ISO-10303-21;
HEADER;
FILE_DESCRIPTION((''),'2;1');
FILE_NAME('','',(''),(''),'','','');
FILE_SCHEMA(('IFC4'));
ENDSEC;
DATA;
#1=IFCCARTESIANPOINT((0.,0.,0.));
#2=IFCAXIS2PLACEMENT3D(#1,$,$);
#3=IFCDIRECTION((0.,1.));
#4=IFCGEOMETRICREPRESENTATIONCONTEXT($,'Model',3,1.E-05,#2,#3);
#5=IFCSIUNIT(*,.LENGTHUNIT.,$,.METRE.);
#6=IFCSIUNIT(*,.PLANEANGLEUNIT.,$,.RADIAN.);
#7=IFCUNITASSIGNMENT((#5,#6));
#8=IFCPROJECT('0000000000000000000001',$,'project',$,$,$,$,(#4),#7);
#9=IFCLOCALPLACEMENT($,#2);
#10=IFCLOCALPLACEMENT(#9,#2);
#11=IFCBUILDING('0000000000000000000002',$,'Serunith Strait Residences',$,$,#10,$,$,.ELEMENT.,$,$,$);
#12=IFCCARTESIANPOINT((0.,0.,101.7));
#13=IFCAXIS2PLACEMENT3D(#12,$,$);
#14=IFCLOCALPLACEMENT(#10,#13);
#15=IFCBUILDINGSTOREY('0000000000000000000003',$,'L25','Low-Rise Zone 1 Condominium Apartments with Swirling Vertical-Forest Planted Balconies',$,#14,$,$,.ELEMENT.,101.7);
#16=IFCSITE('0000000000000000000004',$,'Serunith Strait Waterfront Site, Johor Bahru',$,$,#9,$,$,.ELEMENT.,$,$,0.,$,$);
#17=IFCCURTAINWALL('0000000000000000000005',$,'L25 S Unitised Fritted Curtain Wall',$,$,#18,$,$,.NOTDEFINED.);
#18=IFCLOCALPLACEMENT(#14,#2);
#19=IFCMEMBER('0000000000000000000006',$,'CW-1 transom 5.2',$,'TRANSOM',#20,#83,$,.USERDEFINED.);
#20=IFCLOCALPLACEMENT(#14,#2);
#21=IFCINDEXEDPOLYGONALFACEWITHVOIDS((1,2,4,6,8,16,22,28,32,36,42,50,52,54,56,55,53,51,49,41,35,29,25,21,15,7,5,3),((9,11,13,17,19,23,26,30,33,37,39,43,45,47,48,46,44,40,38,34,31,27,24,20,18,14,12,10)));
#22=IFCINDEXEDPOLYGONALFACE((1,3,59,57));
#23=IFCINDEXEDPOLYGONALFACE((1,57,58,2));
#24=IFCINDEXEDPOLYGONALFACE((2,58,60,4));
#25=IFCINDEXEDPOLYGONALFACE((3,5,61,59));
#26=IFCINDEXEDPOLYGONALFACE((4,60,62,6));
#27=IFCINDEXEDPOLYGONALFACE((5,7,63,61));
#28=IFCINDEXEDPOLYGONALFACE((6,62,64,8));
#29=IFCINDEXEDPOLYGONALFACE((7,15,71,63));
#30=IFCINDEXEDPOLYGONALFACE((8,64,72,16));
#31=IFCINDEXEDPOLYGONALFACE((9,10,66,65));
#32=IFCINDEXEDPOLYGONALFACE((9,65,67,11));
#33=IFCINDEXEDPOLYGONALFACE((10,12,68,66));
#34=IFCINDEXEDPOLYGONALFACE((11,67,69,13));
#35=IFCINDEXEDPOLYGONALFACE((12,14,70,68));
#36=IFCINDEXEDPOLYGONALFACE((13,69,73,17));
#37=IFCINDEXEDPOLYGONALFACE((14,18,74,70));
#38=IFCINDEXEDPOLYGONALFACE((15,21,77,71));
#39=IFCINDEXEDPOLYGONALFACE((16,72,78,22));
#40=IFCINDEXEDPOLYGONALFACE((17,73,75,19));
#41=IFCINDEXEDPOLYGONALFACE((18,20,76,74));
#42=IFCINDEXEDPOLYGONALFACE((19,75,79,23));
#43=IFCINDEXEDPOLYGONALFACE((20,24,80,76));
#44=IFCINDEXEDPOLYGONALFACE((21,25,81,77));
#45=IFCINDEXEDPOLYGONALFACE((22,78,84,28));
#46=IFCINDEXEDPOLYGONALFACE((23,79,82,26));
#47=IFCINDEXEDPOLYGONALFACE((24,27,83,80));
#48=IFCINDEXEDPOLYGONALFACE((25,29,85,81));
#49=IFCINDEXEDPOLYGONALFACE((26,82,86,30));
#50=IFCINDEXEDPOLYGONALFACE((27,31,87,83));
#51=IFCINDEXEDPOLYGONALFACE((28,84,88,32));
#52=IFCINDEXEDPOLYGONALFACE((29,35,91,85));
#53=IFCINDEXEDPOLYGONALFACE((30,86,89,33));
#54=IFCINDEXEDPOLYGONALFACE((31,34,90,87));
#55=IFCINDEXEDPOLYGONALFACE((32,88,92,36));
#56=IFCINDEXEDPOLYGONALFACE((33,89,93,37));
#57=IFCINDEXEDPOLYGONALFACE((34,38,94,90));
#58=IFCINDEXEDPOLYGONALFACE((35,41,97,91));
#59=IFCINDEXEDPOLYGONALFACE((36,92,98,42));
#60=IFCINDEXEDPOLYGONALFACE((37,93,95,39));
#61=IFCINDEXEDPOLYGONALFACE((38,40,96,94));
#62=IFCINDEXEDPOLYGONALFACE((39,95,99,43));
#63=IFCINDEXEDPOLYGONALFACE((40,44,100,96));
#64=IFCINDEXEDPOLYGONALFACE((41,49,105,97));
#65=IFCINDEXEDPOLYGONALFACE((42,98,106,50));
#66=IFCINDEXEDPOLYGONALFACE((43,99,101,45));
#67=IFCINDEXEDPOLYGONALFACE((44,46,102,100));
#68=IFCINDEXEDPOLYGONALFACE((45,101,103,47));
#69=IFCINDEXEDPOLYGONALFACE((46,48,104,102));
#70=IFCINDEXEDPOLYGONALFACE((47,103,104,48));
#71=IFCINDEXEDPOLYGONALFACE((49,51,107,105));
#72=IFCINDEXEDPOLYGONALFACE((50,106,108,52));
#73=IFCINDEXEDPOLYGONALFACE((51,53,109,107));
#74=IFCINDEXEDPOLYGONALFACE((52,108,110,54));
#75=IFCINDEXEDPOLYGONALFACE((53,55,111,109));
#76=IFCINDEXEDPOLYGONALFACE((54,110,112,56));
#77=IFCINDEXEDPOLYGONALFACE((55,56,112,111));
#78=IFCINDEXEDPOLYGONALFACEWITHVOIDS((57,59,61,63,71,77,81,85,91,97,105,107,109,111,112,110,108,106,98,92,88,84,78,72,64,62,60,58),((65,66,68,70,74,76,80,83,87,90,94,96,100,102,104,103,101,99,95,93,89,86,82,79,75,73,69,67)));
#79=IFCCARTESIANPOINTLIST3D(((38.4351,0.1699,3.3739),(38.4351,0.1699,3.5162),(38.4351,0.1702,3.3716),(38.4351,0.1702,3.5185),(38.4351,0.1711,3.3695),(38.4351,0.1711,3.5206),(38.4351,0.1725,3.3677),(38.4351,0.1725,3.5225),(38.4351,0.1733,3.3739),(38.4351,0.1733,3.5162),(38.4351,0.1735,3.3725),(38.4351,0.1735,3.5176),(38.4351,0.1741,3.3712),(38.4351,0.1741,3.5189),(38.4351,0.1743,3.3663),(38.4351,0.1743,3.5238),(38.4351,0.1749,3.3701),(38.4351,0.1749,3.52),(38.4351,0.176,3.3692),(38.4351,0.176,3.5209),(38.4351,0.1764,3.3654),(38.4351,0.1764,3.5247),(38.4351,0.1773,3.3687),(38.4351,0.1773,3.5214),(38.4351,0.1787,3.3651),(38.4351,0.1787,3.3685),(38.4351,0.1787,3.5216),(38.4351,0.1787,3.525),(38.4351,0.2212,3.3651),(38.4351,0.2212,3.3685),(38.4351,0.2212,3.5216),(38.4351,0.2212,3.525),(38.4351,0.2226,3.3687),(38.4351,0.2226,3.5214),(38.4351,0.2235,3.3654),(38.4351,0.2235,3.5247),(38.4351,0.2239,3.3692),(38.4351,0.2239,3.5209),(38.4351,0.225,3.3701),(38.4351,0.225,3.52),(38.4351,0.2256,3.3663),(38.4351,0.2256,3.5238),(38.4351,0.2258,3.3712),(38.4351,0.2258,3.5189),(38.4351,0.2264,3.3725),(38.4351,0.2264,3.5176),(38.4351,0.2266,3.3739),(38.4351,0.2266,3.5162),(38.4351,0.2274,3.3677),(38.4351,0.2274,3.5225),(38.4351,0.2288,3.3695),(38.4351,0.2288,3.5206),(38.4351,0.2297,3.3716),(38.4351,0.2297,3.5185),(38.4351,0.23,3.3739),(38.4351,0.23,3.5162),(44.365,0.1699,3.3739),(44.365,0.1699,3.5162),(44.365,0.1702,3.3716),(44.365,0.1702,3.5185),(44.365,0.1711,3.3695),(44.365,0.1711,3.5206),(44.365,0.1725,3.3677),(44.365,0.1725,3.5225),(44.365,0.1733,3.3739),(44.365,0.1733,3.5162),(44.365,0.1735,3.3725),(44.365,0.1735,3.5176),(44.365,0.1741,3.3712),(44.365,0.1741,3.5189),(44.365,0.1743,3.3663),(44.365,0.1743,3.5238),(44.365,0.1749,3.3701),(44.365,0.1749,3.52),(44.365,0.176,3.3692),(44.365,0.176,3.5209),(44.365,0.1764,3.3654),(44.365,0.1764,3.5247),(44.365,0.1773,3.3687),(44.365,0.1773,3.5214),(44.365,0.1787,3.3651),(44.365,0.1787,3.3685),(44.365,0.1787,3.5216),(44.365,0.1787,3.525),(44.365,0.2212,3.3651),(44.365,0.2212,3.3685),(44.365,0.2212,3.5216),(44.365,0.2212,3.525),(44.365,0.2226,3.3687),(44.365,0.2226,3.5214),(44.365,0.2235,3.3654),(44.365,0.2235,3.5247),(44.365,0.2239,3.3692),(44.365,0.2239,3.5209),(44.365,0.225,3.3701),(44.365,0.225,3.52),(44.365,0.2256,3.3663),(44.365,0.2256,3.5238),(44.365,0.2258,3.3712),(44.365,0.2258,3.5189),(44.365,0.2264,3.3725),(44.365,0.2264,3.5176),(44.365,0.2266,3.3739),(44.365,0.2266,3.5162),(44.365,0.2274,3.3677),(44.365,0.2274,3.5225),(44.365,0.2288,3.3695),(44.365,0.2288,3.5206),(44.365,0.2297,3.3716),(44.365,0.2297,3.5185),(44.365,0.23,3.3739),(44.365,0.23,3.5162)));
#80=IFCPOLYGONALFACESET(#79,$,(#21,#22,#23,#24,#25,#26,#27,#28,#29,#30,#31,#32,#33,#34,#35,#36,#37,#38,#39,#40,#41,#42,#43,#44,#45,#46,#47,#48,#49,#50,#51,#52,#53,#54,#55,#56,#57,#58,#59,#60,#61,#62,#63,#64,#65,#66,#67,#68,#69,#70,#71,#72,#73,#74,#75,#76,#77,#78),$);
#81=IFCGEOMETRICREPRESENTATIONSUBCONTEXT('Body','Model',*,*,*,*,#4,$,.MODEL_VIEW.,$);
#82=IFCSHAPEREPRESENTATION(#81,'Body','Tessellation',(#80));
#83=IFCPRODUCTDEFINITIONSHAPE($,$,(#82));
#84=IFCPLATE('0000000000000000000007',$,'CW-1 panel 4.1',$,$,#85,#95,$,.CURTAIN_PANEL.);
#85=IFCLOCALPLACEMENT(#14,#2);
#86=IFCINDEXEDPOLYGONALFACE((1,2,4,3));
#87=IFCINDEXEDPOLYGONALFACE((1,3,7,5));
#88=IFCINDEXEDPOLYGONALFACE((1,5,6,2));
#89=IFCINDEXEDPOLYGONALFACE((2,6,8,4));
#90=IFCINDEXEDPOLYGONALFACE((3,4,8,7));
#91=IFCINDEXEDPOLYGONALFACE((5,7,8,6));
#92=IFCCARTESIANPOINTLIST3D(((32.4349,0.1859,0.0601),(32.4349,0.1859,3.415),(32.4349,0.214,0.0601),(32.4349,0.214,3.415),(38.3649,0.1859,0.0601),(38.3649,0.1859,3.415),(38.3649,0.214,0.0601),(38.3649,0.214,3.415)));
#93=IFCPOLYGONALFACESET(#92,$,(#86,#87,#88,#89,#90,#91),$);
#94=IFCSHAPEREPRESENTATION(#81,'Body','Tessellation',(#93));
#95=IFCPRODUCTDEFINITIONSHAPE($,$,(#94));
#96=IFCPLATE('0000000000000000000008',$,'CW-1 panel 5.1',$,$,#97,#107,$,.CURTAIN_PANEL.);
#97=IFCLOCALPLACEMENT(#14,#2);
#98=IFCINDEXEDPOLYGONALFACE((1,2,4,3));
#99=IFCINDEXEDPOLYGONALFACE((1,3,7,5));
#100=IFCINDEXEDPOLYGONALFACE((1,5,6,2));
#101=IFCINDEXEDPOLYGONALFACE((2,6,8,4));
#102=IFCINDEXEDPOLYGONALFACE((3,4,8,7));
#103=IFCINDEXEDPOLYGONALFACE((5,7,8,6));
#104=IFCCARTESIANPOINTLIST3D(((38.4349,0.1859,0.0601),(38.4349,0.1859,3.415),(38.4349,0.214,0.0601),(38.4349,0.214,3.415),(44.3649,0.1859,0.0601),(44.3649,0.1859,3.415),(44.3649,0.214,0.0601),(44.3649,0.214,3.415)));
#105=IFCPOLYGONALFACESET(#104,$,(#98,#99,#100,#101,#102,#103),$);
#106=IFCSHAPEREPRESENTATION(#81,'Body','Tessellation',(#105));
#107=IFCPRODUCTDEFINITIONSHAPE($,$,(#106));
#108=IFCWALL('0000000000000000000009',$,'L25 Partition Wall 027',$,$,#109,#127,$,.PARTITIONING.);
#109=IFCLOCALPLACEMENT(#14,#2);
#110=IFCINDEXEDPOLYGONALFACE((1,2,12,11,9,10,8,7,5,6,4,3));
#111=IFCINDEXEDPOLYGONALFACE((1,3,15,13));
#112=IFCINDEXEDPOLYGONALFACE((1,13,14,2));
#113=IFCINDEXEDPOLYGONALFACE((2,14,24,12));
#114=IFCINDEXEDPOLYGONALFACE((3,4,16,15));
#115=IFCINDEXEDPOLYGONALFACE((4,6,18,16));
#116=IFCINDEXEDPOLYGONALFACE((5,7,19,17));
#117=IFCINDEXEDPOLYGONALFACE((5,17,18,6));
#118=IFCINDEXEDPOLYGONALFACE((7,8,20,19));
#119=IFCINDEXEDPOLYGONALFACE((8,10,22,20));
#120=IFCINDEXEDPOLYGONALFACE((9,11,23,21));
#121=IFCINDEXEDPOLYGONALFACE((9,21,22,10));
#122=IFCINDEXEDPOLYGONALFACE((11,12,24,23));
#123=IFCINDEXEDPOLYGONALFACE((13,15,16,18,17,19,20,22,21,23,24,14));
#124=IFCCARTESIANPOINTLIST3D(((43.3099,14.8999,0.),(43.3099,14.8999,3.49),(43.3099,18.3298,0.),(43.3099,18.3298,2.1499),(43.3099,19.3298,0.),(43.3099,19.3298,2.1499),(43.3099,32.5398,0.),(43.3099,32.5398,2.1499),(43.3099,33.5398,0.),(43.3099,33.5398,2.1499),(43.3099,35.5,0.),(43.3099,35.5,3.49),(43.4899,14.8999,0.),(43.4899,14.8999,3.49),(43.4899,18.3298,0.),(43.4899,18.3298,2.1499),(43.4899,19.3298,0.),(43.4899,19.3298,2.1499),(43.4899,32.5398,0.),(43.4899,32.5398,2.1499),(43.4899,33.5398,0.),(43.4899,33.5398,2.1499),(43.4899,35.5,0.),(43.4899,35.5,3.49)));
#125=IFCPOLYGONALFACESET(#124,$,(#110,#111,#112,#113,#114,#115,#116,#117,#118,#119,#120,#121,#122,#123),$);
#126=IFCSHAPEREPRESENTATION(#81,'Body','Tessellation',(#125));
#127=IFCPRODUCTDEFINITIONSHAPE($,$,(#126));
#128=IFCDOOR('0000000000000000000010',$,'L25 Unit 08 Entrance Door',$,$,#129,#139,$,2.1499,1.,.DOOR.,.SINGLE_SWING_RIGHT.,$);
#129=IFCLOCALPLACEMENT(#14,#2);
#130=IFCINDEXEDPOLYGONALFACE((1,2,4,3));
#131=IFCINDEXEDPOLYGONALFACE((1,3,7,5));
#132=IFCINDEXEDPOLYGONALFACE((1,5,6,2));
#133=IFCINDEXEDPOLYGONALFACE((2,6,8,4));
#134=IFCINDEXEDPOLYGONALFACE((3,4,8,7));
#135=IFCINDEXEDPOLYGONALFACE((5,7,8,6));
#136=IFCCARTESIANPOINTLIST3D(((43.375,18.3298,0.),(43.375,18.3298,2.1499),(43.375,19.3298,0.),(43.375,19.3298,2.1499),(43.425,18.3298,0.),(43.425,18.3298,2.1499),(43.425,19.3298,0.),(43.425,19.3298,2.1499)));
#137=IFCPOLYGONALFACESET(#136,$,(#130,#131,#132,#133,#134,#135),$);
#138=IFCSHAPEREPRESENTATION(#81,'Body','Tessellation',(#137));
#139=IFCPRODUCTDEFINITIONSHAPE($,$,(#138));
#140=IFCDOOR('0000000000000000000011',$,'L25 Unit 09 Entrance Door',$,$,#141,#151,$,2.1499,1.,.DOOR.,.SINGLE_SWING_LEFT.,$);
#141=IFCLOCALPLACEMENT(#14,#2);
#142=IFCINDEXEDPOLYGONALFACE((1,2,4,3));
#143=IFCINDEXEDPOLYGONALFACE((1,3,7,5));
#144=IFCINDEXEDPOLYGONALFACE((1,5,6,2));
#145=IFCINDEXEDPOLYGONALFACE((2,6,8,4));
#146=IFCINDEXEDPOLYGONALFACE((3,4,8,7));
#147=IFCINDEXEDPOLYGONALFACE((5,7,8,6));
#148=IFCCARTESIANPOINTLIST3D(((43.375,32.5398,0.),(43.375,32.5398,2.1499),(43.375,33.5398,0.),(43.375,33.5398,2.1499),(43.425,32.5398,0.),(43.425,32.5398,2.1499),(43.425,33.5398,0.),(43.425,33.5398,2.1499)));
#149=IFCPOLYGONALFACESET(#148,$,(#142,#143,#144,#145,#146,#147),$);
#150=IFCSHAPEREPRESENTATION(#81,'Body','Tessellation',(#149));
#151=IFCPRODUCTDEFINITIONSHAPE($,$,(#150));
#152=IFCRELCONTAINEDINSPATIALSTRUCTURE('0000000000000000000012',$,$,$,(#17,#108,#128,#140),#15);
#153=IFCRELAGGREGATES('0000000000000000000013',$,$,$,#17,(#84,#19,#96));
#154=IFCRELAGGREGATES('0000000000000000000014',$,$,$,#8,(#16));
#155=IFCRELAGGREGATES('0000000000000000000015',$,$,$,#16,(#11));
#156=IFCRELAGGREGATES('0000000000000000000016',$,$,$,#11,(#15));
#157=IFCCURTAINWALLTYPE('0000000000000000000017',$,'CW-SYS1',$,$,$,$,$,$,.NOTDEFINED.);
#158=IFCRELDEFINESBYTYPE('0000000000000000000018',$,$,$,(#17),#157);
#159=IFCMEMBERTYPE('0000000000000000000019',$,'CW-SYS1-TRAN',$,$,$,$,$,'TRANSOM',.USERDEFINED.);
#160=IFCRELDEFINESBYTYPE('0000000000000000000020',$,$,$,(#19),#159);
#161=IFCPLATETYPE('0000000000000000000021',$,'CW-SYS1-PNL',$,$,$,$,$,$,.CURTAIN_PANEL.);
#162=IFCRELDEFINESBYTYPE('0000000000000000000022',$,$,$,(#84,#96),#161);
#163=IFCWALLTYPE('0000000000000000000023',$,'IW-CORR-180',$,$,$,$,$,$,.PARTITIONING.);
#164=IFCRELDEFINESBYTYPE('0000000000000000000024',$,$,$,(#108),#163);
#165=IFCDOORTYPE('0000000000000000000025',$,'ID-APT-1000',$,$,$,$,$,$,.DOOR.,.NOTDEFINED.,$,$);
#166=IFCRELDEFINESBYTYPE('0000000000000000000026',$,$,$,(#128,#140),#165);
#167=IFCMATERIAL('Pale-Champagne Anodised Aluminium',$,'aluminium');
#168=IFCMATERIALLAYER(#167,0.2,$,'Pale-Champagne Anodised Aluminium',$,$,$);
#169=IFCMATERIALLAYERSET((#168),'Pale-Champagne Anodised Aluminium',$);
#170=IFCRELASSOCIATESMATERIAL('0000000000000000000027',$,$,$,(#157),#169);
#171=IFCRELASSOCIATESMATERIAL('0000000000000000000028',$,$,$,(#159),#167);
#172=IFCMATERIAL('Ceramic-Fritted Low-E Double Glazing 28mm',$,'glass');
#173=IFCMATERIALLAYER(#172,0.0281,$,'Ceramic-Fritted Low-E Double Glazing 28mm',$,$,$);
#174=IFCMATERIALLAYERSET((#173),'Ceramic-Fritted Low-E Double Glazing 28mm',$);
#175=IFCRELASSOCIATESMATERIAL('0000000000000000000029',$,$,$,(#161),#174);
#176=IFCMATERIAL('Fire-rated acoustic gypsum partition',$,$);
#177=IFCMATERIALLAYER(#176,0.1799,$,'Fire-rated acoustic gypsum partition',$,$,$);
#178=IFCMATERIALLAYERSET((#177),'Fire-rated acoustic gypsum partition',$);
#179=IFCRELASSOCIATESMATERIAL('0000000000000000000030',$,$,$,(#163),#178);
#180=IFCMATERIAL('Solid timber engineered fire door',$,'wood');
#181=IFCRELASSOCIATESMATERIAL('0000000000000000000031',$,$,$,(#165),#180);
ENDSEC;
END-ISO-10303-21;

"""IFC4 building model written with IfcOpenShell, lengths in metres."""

from ifc_helpers import new_model, si_unit, direction, frame, frame_2d, origin, origin_2d, place, context, subcontext, project, spatial, rectangle, hollow_rectangle, extrude, source, transform, mapped, material, layer, layer_set, material_profile, profile_set, type_object, element, fill, aggregate, save


model = new_model("IFC4")

# Units and contexts
model_context = context("Model", 3, precision=1e-05, world=origin(), true_north=direction((0.0, 1.0)))
body_context = subcontext(model_context, "Body", "Model", "MODEL_VIEW")
ifc_project = project(units=[si_unit("LENGTHUNIT", "METRE"), si_unit("PLANEANGLEUNIT", "RADIAN")], contexts=[model_context])

# Site, building, storey
site_placement = place(None, origin())
site = spatial("IfcSite", under=ifc_project, at=site_placement, Name="Serunith Strait Waterfront Site, Johor Bahru", CompositionType="ELEMENT", RefElevation=0.0)
building_placement = place(site_placement, origin())
building = spatial("IfcBuilding", under=site, at=building_placement, Name="Serunith Strait Residences", CompositionType="ELEMENT")
storey_placement = place(building_placement, frame((0.0, 0.0, 101.7)))
storey = spatial("IfcBuildingStorey", under=building, at=storey_placement, Name="L25", Description="Low-Rise Zone 1 Condominium Apartments with Swirling Vertical-Forest Planted Balconies", CompositionType="ELEMENT", Elevation=101.7)

# Curtain wall, member, plates
ifc_material_1 = material(Name="Pale-Champagne Anodised Aluminium", Category="aluminium")
ifc_layer_1 = layer(ifc_material_1, 0.2, Name="Pale-Champagne Anodised Aluminium")
ifc_layer_set_1 = layer_set([ifc_layer_1], Name="Pale-Champagne Anodised Aluminium")
curtain_wall_type = type_object("IfcCurtainWallType", Name="CW-SYS1", PredefinedType="NOTDEFINED", material=ifc_layer_set_1)
curtain_wall_placement = place(storey_placement, origin())
curtain_wall = element("IfcCurtainWall", 1, at=curtain_wall_placement, inside=storey, type_object=curtain_wall_type, Name="L25 S Unitised Fritted Curtain Wall", PredefinedType="NOTDEFINED")
ifc_material_profile_1 = material_profile(ifc_material_1, hollow_rectangle(XDim=0.0601, YDim=0.1599, WallThickness=0.0034, InnerFilletRadius=0.0054, OuterFilletRadius=0.0088, at=origin_2d()), Name="ALU 160x60x3.5")
ifc_profile_set_1 = profile_set([ifc_material_profile_1], Name="Pale-Champagne Anodised Aluminium")
member_type_1 = type_object("IfcMemberType", Name="CW-SYS1-TRAN", ElementType="TRANSOM", PredefinedType="USERDEFINED", material=ifc_profile_set_1)
shared_shape_1 = source(origin(), body_context, "Body", "SweptSolid", [
    extrude(hollow_rectangle(XDim=0.0601, YDim=0.1599, WallThickness=0.0034, InnerFilletRadius=0.0054, OuterFilletRadius=0.0088, at=origin_2d()), origin(), (0.0, 0.0, 1.0), 5.9299),
])
member_1_placement = place(storey_placement, frame((38.4351, 0.2, 3.4451), z_axis=(1.0, 0.0, 0.0), x_axis=(0.0, 1.0, 0.0)))
member_1 = element("IfcMember", 2, at=member_1_placement, type_object=member_type_1, Name="CW-1 transom 5.2", ObjectType="TRANSOM", PredefinedType="USERDEFINED", context=body_context, shape_type="MappedRepresentation", body=[
    mapped(shared_shape_1, transform((0.0, 0.0, 0.0), scale=1.0)),
])
ifc_material_2 = material(Name="Ceramic-Fritted Low-E Double Glazing 28mm", Category="glass")
ifc_layer_2 = layer(ifc_material_2, 0.0281, Name="Ceramic-Fritted Low-E Double Glazing 28mm")
ifc_layer_set_2 = layer_set([ifc_layer_2], Name="Ceramic-Fritted Low-E Double Glazing 28mm")
plate_type = type_object("IfcPlateType", Name="CW-SYS1-PNL", PredefinedType="CURTAIN_PANEL", material=ifc_layer_set_2)
shared_shape_2 = source(origin(), body_context, "Body", "SweptSolid", [
    extrude(rectangle(XDim=5.9299, YDim=0.0281, at=origin_2d()), origin(), (0.0, 0.0, 1.0), 3.355),
])
plate_1_placement = place(storey_placement, frame((35.3999, 0.2, 0.0601), z_axis=(0.0, 0.0, 1.0), x_axis=(1.0, 0.0, 0.0)))
plate_1 = element("IfcPlate", 3, at=plate_1_placement, type_object=plate_type, Name="CW-1 panel 4.1", PredefinedType="CURTAIN_PANEL", context=body_context, shape_type="MappedRepresentation", body=[
    mapped(shared_shape_2, transform((0.0, 0.0, 0.0), scale=1.0)),
])
plate_2_placement = place(storey_placement, frame((41.3999, 0.2, 0.0601), z_axis=(0.0, 0.0, 1.0), x_axis=(1.0, 0.0, 0.0)))
plate_2 = element("IfcPlate", 4, at=plate_2_placement, type_object=plate_type, Name="CW-1 panel 5.1", PredefinedType="CURTAIN_PANEL", context=body_context, shape_type="MappedRepresentation", body=[
    mapped(shared_shape_2, transform((0.0, 0.0, 0.0), scale=1.0)),
])
aggregate(curtain_wall, [plate_1, member_1, plate_2])

# Wall, openings, doors
ifc_material_3 = material(Name="Fire-rated acoustic gypsum partition")
ifc_layer_3 = layer(ifc_material_3, 0.1799, Name="Fire-rated acoustic gypsum partition")
ifc_layer_set_3 = layer_set([ifc_layer_3], Name="Fire-rated acoustic gypsum partition")
wall_type_1 = type_object("IfcWallType", Name="IW-CORR-180", PredefinedType="PARTITIONING", material=ifc_layer_set_3)
wall_1_placement = place(storey_placement, frame((43.3999, 14.8999, 0.0), z_axis=(0.0, 0.0, 1.0), x_axis=(0.0, 1.0, 0.0)))
wall_1 = element("IfcWall", 5, at=wall_1_placement, inside=storey, type_object=wall_type_1, Name="L25 Partition Wall 027", PredefinedType="PARTITIONING", context=body_context, shape_type="SweptSolid", body=[
    extrude(rectangle(XDim=20.6001, YDim=0.1799, at=frame_2d((10.3, 0.0))), origin(), (0.0, 0.0, 1.0), 3.49),
])
opening_1_placement = place(wall_1_placement, frame((3.4299, 0.0, 0.0)))
opening_1 = element("IfcOpeningElement", 6, at=opening_1_placement, cuts=wall_1, PredefinedType="OPENING", context=body_context, shape_type="SweptSolid", body=[
    extrude(rectangle(XDim=1.0, YDim=2.1499, at=frame_2d((0.5, 1.075))), frame((0.0, 0.1001, 0.0), z_axis=(0.0, -1.0, 0.0), x_axis=(1.0, 0.0, 0.0)), (0.0, 0.0, 1.0), 0.2),
])
opening_2_placement = place(wall_1_placement, frame((17.6399, 0.0, 0.0)))
opening_2 = element("IfcOpeningElement", 7, at=opening_2_placement, cuts=wall_1, PredefinedType="OPENING", context=body_context, shape_type="SweptSolid", body=[
    extrude(rectangle(XDim=1.0, YDim=2.1499, at=frame_2d((0.5, 1.075))), frame((0.0, 0.1001, 0.0), z_axis=(0.0, -1.0, 0.0), x_axis=(1.0, 0.0, 0.0)), (0.0, 0.0, 1.0), 0.2),
])
ifc_material_4 = material(Name="Solid timber engineered fire door", Category="wood")
door_type_1 = type_object("IfcDoorType", Name="ID-APT-1000", OperationType="NOTDEFINED", PredefinedType="DOOR", material=ifc_material_4)
shared_shape_3 = source(origin(), body_context, "Body", "SweptSolid", [
    extrude(rectangle(XDim=1.0, YDim=2.1499, at=frame_2d((0.5, 1.075))), frame((0.0, 0.0249, 0.0), z_axis=(0.0, -1.0, 0.0), x_axis=(1.0, 0.0, 0.0)), (0.0, 0.0, 1.0), 0.05),
])
door_1_placement = place(opening_1_placement, origin())
door_1 = element("IfcDoor", 8, at=door_1_placement, inside=storey, type_object=door_type_1, Name="L25 Unit 08 Entrance Door", OperationType="SINGLE_SWING_RIGHT", OverallHeight=2.1499, OverallWidth=1.0, PredefinedType="DOOR", context=body_context, shape_type="MappedRepresentation", body=[
    mapped(shared_shape_3, transform((0.0, 0.0, 0.0), scale=1.0)),
])
fill(opening_1, door_1)
door_2_placement = place(opening_2_placement, origin())
door_2 = element("IfcDoor", 9, at=door_2_placement, inside=storey, type_object=door_type_1, Name="L25 Unit 09 Entrance Door", OperationType="SINGLE_SWING_LEFT", OverallHeight=2.1499, OverallWidth=1.0, PredefinedType="DOOR", context=body_context, shape_type="MappedRepresentation", body=[
    mapped(shared_shape_3, transform((0.0, 0.0, 0.0), scale=1.0)),
])
fill(opening_2, door_2)

save(model, "model.ifc")
